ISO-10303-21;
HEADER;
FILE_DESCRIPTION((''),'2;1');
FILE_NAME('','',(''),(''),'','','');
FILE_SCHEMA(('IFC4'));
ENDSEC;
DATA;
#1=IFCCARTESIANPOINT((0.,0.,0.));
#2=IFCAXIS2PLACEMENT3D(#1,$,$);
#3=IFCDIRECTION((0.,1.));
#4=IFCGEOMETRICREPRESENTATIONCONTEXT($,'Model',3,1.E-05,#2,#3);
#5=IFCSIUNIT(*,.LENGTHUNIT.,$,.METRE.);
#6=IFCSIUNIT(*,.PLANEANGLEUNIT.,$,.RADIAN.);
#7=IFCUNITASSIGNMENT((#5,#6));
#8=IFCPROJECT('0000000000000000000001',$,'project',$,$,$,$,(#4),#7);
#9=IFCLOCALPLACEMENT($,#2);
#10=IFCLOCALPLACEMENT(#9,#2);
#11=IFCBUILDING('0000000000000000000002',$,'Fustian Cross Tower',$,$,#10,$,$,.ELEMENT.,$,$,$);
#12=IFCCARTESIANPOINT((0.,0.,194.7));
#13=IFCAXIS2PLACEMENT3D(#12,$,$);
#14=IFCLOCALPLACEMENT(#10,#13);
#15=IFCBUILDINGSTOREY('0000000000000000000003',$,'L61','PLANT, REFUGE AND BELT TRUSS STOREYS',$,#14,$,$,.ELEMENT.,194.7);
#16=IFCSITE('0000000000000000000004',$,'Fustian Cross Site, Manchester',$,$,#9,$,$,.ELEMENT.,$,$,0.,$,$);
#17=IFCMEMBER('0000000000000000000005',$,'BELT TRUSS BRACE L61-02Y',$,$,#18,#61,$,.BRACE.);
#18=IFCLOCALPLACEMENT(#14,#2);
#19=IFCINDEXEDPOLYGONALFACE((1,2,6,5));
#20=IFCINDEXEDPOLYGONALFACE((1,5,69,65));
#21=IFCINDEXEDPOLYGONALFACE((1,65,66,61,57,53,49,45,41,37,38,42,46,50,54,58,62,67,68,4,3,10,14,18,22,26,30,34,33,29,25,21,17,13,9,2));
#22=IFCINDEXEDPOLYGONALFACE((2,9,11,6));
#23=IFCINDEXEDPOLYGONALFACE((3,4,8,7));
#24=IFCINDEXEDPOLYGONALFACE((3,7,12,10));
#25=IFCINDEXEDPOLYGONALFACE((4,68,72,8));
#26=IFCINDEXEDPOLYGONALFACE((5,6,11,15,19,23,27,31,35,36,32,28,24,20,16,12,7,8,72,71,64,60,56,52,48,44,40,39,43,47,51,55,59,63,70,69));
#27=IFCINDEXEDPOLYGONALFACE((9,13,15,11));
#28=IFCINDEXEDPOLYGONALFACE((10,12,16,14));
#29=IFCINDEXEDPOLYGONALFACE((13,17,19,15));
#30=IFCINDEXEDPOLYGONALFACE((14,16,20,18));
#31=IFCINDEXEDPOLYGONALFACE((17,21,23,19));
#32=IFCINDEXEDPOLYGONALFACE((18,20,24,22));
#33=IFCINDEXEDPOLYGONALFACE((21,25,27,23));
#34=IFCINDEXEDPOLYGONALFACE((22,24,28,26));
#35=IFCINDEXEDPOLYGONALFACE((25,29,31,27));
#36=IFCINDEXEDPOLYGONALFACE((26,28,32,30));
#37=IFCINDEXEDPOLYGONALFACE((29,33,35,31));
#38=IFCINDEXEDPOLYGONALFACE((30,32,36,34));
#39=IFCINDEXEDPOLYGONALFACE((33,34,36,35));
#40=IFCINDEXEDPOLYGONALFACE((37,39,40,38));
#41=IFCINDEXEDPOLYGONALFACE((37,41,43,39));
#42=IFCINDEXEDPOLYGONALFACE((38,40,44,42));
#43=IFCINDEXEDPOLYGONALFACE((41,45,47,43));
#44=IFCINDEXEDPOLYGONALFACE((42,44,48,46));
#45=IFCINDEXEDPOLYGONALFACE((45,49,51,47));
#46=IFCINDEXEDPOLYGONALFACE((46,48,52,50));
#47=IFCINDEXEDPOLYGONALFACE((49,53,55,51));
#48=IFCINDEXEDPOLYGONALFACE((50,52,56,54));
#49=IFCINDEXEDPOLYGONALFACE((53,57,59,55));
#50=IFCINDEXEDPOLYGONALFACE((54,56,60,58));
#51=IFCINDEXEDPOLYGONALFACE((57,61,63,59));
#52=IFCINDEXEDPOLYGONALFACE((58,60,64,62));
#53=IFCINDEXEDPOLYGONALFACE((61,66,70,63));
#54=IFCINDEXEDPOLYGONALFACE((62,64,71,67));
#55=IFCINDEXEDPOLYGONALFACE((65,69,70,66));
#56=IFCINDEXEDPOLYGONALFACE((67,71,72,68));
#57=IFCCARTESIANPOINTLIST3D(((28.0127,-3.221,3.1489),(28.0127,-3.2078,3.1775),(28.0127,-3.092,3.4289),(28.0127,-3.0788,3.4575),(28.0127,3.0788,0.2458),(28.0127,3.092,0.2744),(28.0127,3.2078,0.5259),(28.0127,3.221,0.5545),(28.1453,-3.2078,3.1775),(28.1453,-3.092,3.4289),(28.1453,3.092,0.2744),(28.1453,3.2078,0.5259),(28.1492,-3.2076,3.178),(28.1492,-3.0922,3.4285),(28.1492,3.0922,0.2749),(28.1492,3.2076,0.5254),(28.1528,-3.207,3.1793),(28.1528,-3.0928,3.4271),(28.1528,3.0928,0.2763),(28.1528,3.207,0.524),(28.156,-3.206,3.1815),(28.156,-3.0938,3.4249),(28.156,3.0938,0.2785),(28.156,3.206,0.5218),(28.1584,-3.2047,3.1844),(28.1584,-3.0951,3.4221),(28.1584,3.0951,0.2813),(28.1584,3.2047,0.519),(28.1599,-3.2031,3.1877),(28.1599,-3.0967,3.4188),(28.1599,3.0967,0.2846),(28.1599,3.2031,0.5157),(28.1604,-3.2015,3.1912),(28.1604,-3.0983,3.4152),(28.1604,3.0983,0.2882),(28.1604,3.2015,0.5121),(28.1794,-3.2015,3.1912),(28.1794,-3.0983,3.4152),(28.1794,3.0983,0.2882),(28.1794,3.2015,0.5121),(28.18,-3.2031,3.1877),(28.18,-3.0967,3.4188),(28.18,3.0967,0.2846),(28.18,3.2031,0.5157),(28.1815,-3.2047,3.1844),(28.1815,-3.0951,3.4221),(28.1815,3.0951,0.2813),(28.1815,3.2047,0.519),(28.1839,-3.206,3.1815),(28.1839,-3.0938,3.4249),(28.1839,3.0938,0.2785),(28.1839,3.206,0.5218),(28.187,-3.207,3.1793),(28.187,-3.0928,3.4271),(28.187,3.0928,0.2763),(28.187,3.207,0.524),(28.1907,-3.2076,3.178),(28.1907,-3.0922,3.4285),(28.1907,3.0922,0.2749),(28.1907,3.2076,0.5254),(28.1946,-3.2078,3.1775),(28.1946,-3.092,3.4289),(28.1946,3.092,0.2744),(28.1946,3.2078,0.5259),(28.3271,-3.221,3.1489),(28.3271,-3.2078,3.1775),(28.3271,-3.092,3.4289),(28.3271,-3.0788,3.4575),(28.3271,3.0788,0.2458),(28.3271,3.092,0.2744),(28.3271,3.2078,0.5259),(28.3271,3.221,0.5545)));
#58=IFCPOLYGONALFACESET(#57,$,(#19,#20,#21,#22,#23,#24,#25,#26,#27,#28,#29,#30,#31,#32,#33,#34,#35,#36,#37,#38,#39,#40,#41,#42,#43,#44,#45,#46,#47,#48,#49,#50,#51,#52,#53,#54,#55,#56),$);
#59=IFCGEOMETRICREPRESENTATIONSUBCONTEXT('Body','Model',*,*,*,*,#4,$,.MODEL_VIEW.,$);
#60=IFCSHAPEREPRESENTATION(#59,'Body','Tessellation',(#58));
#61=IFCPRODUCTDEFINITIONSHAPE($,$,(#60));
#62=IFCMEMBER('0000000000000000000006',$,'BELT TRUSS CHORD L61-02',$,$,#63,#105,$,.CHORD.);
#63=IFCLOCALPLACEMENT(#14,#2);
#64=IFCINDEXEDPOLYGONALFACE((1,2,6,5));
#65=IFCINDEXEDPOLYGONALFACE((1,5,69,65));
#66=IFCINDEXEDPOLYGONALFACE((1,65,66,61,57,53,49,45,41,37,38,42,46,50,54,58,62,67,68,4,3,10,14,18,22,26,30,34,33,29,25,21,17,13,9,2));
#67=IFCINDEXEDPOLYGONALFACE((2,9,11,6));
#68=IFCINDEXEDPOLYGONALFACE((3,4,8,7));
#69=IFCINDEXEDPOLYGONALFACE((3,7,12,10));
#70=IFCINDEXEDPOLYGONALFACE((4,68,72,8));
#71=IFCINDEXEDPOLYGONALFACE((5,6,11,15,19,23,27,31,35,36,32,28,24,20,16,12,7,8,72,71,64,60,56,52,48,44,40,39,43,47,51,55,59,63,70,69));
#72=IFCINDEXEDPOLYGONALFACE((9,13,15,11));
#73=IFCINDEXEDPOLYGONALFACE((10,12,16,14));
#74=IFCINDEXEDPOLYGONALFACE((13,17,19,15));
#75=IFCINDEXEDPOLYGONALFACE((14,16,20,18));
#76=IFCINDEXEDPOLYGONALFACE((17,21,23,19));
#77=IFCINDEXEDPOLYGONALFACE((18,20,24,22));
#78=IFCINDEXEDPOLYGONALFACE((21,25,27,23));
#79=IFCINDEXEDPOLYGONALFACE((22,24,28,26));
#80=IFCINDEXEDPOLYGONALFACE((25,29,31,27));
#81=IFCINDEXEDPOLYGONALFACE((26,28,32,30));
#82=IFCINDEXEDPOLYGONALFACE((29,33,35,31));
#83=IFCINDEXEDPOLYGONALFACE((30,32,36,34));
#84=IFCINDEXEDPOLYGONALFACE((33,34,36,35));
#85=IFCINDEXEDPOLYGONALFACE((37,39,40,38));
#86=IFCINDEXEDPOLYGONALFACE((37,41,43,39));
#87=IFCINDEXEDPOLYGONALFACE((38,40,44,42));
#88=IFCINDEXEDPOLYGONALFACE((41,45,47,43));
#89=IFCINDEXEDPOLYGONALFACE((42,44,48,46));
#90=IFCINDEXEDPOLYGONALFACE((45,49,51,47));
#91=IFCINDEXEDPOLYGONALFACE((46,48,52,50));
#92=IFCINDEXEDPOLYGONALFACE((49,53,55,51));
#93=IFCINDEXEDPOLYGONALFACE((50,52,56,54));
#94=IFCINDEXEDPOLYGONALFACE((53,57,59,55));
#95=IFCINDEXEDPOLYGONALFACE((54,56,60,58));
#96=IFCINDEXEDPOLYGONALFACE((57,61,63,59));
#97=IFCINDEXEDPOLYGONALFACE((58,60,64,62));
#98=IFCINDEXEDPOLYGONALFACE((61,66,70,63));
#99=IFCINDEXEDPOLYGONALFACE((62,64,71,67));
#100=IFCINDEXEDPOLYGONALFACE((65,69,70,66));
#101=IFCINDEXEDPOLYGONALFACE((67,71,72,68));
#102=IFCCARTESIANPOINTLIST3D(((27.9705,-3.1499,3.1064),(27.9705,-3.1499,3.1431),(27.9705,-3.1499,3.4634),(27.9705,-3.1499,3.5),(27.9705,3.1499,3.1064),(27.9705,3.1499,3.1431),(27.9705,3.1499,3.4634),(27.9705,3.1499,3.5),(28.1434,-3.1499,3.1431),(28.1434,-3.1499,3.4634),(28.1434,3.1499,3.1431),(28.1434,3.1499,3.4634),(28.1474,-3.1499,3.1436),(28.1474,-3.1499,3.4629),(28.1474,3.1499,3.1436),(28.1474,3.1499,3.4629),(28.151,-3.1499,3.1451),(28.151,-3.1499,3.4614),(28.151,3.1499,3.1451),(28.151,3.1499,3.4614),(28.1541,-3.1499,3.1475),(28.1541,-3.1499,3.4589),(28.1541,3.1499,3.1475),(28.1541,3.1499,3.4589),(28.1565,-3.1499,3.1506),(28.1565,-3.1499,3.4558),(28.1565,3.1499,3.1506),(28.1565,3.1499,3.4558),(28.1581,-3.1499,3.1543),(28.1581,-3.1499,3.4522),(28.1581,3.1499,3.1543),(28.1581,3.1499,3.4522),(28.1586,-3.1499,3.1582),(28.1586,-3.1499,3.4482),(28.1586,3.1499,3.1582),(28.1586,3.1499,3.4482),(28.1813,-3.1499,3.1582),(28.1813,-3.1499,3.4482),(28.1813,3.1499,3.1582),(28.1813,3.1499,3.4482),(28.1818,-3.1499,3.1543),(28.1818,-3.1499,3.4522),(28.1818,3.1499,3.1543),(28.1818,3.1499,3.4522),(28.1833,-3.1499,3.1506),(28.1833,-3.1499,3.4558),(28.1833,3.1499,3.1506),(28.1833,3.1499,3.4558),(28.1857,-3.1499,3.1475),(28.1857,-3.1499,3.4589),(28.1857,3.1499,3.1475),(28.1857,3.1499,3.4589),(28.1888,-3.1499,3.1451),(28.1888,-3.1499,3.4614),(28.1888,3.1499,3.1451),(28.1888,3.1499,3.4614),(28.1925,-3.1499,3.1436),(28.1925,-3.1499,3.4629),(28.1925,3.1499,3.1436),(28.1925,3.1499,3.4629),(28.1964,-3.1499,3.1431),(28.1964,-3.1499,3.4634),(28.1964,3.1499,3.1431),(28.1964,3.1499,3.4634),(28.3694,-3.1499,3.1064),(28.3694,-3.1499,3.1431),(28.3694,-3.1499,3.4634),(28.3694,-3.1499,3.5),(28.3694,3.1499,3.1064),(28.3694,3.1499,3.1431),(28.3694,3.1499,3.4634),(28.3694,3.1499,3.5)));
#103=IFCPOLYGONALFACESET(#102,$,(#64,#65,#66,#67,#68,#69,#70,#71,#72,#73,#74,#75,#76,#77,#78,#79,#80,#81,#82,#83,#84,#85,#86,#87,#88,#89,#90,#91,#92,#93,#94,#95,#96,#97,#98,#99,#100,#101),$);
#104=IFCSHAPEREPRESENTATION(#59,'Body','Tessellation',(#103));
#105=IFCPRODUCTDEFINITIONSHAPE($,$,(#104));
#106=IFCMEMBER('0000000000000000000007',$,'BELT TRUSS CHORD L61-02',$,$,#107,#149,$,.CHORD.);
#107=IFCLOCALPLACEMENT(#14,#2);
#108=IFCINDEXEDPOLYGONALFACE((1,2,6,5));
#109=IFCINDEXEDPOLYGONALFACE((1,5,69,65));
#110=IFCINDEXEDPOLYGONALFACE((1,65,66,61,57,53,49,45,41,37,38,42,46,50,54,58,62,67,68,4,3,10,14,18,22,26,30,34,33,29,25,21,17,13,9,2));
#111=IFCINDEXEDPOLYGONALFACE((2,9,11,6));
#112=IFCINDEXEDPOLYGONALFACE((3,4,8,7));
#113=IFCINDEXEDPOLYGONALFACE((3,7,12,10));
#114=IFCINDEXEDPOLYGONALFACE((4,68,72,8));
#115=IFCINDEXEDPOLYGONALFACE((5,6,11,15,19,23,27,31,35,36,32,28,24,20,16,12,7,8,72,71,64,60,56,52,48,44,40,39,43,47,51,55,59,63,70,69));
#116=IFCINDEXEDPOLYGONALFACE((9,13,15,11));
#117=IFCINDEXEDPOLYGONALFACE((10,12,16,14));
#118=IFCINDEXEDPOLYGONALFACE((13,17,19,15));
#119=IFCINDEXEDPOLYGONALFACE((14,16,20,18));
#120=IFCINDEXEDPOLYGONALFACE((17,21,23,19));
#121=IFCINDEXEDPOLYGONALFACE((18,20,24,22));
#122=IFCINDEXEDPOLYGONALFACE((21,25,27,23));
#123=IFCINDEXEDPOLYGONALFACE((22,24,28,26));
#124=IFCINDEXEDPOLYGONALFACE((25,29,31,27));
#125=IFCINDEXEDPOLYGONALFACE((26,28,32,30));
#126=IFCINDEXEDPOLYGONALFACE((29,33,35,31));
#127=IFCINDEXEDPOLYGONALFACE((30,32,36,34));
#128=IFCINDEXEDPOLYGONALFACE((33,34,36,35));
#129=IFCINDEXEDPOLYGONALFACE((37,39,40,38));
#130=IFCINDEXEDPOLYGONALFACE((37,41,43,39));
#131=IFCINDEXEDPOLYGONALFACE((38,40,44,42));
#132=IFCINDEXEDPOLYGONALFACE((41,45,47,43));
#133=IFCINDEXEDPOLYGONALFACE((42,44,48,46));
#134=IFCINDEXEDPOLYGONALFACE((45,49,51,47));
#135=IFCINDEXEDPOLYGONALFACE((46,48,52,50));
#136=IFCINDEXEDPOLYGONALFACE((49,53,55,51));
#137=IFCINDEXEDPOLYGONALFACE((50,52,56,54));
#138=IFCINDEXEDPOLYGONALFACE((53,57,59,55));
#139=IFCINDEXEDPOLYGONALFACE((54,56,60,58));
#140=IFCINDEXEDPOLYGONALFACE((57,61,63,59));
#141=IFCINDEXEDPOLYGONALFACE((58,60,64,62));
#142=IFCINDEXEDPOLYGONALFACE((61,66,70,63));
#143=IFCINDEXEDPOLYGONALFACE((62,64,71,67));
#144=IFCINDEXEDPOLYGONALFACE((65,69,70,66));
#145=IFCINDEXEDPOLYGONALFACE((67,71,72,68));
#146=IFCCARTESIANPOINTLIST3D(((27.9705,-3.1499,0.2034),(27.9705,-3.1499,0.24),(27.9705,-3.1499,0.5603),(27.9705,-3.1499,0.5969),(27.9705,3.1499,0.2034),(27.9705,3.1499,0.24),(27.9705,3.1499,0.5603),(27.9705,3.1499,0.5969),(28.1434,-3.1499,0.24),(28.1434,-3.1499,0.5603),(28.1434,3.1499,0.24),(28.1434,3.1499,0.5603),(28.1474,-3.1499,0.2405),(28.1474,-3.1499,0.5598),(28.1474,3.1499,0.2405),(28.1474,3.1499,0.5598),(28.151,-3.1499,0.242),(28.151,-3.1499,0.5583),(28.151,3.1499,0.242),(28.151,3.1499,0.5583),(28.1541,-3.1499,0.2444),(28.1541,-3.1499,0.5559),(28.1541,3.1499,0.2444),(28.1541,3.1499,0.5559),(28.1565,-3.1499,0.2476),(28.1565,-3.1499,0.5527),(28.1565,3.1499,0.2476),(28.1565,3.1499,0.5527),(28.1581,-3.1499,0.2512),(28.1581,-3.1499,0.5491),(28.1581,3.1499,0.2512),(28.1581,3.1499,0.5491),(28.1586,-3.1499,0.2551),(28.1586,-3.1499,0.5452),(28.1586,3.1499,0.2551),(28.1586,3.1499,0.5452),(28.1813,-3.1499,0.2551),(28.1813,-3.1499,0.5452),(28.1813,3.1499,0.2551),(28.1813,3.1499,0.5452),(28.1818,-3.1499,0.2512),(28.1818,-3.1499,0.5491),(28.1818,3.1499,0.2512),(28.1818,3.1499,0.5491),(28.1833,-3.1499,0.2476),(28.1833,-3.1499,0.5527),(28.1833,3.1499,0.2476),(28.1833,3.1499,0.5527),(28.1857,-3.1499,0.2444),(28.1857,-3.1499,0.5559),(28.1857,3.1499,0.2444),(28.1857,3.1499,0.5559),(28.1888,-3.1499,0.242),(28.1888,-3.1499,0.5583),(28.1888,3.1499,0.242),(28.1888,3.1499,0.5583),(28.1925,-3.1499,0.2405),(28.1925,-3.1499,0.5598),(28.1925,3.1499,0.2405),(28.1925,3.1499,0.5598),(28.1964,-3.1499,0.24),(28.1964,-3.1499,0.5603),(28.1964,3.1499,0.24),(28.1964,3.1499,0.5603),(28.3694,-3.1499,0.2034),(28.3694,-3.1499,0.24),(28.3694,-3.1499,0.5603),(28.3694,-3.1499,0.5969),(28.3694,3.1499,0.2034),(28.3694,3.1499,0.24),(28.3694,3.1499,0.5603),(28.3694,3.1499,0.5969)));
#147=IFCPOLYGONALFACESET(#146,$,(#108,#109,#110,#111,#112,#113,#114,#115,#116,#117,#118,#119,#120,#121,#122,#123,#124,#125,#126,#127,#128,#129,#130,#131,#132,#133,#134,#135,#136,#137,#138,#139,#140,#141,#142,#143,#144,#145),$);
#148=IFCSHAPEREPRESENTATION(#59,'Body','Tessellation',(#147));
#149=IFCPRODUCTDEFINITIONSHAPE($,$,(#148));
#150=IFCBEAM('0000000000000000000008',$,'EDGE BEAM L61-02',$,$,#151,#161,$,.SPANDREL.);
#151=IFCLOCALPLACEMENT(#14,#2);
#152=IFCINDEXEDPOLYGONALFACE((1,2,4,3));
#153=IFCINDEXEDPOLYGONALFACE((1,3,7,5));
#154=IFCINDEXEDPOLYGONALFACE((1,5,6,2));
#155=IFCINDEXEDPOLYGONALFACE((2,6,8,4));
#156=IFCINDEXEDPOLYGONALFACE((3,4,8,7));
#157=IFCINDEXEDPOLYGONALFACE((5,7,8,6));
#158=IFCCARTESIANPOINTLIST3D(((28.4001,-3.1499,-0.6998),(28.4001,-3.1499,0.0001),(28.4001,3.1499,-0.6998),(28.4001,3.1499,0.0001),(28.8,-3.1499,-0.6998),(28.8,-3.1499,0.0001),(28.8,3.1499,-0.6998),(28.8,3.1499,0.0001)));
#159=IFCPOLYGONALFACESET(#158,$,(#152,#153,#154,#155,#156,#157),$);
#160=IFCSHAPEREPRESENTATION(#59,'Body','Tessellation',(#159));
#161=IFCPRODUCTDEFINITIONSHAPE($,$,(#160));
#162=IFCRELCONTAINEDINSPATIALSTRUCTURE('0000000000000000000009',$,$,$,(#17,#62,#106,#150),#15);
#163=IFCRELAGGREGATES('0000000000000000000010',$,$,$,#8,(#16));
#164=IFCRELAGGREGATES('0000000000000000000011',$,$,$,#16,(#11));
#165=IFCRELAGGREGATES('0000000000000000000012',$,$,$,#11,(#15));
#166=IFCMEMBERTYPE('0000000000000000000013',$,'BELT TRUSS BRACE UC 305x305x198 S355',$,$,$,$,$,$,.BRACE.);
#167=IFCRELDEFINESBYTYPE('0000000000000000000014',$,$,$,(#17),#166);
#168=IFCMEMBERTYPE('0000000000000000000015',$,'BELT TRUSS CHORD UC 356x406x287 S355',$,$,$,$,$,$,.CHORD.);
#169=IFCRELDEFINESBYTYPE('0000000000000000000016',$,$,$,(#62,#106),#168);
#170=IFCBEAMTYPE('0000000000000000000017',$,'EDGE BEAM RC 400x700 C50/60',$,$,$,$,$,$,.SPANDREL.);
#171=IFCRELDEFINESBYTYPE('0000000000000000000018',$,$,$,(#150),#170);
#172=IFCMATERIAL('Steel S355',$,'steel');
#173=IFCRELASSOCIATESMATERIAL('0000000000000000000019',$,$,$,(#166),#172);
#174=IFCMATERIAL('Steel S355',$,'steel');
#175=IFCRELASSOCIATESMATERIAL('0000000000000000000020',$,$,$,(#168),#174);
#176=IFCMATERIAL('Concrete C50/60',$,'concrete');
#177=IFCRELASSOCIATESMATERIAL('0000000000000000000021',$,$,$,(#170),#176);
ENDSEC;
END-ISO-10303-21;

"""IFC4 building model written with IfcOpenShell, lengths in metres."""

from ifc_helpers import new_model, si_unit, direction, frame, origin, origin_2d, place, context, subcontext, project, spatial, rectangle, i_section, extrude, material, material_profile, profile_set, type_object, element, save


model = new_model("IFC4")

# Units and contexts
model_context = context("Model", 3, precision=1e-05, world=origin(), true_north=direction((0.0, 1.0)))
body_context = subcontext(model_context, "Body", "Model", "MODEL_VIEW")
ifc_project = project(units=[si_unit("LENGTHUNIT", "METRE"), si_unit("PLANEANGLEUNIT", "RADIAN")], contexts=[model_context])

# Site, building, storey
site_placement = place(None, origin())
site = spatial("IfcSite", under=ifc_project, at=site_placement, Name="Fustian Cross Site, Manchester", CompositionType="ELEMENT", RefElevation=0.0)
building_placement = place(site_placement, origin())
building = spatial("IfcBuilding", under=site, at=building_placement, Name="Fustian Cross Tower", CompositionType="ELEMENT")
storey_placement = place(building_placement, frame((0.0, 0.0, 194.7)))
storey = spatial("IfcBuildingStorey", under=building, at=storey_placement, Name="L61", Description="PLANT, REFUGE AND BELT TRUSS STOREYS", CompositionType="ELEMENT", Elevation=194.7)

# Members
ifc_material_1 = material(Name="Steel S355", Category="steel")
ifc_material_profile_1 = material_profile(ifc_material_1, i_section(OverallWidth=0.3145, OverallDepth=0.3398, WebThickness=0.019, FlangeThickness=0.0315, FilletRadius=0.0151, at=origin_2d()), Name="UC 305x305x198")
ifc_profile_set_1 = profile_set([ifc_material_profile_1], Name="Steel S355")
member_type_1 = type_object("IfcMemberType", Name="BELT TRUSS BRACE UC 305x305x198 S355", PredefinedType="BRACE", material=ifc_profile_set_1)
for number, where, z_axis, x_axis, name in (
    (1, (28.1699, -3.1499, 3.3032), (0.0, 0.908207, -0.41852), (-1.0, 0.0, 0.0), "BELT TRUSS BRACE L61-02Y"),
):
    element("IfcMember", number, at=place(storey_placement, frame(where, z_axis=z_axis, x_axis=x_axis)), inside=storey, type_object=member_type_1, Name=name, PredefinedType="BRACE", context=body_context, shape_type="SweptSolid", body=[
        extrude(i_section(OverallWidth=0.3145, OverallDepth=0.3398, WebThickness=0.019, FlangeThickness=0.0315, FilletRadius=0.0151, at=origin_2d()), origin(), (0.0, 0.0, 1.0), 6.9365),
    ])
ifc_material_2 = material(Name="Steel S355", Category="steel")
ifc_material_profile_2 = material_profile(ifc_material_2, i_section(OverallWidth=0.3989, OverallDepth=0.3936, WebThickness=0.0227, FlangeThickness=0.0366, FilletRadius=0.0151, at=origin_2d()), Name="UC 356x406x287")
ifc_profile_set_2 = profile_set([ifc_material_profile_2], Name="Steel S355")
member_type_2 = type_object("IfcMemberType", Name="BELT TRUSS CHORD UC 356x406x287 S355", PredefinedType="CHORD", material=ifc_profile_set_2)
for number, where, z_axis, x_axis, name in (
    (2, (28.1699, -3.1499, 3.3032), (0.0, 1.0, 0.0), (-1.0, 0.0, 0.0), "BELT TRUSS CHORD L61-02"),
    (3, (28.1699, -3.1499, 0.4001), (0.0, 1.0, 0.0), (-1.0, 0.0, 0.0), "BELT TRUSS CHORD L61-02"),
):
    element("IfcMember", number, at=place(storey_placement, frame(where, z_axis=z_axis, x_axis=x_axis)), inside=storey, type_object=member_type_2, Name=name, PredefinedType="CHORD", context=body_context, shape_type="SweptSolid", body=[
        extrude(i_section(OverallWidth=0.3989, OverallDepth=0.3936, WebThickness=0.0227, FlangeThickness=0.0366, FilletRadius=0.0151, at=origin_2d()), origin(), (0.0, 0.0, 1.0), 6.2998),
    ])

# Beam
ifc_material_3 = material(Name="Concrete C50/60", Category="concrete")
ifc_material_profile_3 = material_profile(ifc_material_3, rectangle(XDim=0.3999, YDim=0.7, at=origin_2d()), Name="RC 400x700")
ifc_profile_set_3 = profile_set([ifc_material_profile_3], Name="Concrete C50/60")
beam_type = type_object("IfcBeamType", Name="EDGE BEAM RC 400x700 C50/60", PredefinedType="SPANDREL", material=ifc_profile_set_3)
beam_placement = place(storey_placement, frame((28.6001, -3.1499, -0.3499), z_axis=(0.0, 1.0, 0.0), x_axis=(-1.0, 0.0, 0.0)))
element("IfcBeam", 4, at=beam_placement, inside=storey, type_object=beam_type, Name="EDGE BEAM L61-02", PredefinedType="SPANDREL", context=body_context, shape_type="SweptSolid", body=[
    extrude(rectangle(XDim=0.3999, YDim=0.7, at=origin_2d()), origin(), (0.0, 0.0, 1.0), 6.2998),
])

save(model, "model.ifc")
